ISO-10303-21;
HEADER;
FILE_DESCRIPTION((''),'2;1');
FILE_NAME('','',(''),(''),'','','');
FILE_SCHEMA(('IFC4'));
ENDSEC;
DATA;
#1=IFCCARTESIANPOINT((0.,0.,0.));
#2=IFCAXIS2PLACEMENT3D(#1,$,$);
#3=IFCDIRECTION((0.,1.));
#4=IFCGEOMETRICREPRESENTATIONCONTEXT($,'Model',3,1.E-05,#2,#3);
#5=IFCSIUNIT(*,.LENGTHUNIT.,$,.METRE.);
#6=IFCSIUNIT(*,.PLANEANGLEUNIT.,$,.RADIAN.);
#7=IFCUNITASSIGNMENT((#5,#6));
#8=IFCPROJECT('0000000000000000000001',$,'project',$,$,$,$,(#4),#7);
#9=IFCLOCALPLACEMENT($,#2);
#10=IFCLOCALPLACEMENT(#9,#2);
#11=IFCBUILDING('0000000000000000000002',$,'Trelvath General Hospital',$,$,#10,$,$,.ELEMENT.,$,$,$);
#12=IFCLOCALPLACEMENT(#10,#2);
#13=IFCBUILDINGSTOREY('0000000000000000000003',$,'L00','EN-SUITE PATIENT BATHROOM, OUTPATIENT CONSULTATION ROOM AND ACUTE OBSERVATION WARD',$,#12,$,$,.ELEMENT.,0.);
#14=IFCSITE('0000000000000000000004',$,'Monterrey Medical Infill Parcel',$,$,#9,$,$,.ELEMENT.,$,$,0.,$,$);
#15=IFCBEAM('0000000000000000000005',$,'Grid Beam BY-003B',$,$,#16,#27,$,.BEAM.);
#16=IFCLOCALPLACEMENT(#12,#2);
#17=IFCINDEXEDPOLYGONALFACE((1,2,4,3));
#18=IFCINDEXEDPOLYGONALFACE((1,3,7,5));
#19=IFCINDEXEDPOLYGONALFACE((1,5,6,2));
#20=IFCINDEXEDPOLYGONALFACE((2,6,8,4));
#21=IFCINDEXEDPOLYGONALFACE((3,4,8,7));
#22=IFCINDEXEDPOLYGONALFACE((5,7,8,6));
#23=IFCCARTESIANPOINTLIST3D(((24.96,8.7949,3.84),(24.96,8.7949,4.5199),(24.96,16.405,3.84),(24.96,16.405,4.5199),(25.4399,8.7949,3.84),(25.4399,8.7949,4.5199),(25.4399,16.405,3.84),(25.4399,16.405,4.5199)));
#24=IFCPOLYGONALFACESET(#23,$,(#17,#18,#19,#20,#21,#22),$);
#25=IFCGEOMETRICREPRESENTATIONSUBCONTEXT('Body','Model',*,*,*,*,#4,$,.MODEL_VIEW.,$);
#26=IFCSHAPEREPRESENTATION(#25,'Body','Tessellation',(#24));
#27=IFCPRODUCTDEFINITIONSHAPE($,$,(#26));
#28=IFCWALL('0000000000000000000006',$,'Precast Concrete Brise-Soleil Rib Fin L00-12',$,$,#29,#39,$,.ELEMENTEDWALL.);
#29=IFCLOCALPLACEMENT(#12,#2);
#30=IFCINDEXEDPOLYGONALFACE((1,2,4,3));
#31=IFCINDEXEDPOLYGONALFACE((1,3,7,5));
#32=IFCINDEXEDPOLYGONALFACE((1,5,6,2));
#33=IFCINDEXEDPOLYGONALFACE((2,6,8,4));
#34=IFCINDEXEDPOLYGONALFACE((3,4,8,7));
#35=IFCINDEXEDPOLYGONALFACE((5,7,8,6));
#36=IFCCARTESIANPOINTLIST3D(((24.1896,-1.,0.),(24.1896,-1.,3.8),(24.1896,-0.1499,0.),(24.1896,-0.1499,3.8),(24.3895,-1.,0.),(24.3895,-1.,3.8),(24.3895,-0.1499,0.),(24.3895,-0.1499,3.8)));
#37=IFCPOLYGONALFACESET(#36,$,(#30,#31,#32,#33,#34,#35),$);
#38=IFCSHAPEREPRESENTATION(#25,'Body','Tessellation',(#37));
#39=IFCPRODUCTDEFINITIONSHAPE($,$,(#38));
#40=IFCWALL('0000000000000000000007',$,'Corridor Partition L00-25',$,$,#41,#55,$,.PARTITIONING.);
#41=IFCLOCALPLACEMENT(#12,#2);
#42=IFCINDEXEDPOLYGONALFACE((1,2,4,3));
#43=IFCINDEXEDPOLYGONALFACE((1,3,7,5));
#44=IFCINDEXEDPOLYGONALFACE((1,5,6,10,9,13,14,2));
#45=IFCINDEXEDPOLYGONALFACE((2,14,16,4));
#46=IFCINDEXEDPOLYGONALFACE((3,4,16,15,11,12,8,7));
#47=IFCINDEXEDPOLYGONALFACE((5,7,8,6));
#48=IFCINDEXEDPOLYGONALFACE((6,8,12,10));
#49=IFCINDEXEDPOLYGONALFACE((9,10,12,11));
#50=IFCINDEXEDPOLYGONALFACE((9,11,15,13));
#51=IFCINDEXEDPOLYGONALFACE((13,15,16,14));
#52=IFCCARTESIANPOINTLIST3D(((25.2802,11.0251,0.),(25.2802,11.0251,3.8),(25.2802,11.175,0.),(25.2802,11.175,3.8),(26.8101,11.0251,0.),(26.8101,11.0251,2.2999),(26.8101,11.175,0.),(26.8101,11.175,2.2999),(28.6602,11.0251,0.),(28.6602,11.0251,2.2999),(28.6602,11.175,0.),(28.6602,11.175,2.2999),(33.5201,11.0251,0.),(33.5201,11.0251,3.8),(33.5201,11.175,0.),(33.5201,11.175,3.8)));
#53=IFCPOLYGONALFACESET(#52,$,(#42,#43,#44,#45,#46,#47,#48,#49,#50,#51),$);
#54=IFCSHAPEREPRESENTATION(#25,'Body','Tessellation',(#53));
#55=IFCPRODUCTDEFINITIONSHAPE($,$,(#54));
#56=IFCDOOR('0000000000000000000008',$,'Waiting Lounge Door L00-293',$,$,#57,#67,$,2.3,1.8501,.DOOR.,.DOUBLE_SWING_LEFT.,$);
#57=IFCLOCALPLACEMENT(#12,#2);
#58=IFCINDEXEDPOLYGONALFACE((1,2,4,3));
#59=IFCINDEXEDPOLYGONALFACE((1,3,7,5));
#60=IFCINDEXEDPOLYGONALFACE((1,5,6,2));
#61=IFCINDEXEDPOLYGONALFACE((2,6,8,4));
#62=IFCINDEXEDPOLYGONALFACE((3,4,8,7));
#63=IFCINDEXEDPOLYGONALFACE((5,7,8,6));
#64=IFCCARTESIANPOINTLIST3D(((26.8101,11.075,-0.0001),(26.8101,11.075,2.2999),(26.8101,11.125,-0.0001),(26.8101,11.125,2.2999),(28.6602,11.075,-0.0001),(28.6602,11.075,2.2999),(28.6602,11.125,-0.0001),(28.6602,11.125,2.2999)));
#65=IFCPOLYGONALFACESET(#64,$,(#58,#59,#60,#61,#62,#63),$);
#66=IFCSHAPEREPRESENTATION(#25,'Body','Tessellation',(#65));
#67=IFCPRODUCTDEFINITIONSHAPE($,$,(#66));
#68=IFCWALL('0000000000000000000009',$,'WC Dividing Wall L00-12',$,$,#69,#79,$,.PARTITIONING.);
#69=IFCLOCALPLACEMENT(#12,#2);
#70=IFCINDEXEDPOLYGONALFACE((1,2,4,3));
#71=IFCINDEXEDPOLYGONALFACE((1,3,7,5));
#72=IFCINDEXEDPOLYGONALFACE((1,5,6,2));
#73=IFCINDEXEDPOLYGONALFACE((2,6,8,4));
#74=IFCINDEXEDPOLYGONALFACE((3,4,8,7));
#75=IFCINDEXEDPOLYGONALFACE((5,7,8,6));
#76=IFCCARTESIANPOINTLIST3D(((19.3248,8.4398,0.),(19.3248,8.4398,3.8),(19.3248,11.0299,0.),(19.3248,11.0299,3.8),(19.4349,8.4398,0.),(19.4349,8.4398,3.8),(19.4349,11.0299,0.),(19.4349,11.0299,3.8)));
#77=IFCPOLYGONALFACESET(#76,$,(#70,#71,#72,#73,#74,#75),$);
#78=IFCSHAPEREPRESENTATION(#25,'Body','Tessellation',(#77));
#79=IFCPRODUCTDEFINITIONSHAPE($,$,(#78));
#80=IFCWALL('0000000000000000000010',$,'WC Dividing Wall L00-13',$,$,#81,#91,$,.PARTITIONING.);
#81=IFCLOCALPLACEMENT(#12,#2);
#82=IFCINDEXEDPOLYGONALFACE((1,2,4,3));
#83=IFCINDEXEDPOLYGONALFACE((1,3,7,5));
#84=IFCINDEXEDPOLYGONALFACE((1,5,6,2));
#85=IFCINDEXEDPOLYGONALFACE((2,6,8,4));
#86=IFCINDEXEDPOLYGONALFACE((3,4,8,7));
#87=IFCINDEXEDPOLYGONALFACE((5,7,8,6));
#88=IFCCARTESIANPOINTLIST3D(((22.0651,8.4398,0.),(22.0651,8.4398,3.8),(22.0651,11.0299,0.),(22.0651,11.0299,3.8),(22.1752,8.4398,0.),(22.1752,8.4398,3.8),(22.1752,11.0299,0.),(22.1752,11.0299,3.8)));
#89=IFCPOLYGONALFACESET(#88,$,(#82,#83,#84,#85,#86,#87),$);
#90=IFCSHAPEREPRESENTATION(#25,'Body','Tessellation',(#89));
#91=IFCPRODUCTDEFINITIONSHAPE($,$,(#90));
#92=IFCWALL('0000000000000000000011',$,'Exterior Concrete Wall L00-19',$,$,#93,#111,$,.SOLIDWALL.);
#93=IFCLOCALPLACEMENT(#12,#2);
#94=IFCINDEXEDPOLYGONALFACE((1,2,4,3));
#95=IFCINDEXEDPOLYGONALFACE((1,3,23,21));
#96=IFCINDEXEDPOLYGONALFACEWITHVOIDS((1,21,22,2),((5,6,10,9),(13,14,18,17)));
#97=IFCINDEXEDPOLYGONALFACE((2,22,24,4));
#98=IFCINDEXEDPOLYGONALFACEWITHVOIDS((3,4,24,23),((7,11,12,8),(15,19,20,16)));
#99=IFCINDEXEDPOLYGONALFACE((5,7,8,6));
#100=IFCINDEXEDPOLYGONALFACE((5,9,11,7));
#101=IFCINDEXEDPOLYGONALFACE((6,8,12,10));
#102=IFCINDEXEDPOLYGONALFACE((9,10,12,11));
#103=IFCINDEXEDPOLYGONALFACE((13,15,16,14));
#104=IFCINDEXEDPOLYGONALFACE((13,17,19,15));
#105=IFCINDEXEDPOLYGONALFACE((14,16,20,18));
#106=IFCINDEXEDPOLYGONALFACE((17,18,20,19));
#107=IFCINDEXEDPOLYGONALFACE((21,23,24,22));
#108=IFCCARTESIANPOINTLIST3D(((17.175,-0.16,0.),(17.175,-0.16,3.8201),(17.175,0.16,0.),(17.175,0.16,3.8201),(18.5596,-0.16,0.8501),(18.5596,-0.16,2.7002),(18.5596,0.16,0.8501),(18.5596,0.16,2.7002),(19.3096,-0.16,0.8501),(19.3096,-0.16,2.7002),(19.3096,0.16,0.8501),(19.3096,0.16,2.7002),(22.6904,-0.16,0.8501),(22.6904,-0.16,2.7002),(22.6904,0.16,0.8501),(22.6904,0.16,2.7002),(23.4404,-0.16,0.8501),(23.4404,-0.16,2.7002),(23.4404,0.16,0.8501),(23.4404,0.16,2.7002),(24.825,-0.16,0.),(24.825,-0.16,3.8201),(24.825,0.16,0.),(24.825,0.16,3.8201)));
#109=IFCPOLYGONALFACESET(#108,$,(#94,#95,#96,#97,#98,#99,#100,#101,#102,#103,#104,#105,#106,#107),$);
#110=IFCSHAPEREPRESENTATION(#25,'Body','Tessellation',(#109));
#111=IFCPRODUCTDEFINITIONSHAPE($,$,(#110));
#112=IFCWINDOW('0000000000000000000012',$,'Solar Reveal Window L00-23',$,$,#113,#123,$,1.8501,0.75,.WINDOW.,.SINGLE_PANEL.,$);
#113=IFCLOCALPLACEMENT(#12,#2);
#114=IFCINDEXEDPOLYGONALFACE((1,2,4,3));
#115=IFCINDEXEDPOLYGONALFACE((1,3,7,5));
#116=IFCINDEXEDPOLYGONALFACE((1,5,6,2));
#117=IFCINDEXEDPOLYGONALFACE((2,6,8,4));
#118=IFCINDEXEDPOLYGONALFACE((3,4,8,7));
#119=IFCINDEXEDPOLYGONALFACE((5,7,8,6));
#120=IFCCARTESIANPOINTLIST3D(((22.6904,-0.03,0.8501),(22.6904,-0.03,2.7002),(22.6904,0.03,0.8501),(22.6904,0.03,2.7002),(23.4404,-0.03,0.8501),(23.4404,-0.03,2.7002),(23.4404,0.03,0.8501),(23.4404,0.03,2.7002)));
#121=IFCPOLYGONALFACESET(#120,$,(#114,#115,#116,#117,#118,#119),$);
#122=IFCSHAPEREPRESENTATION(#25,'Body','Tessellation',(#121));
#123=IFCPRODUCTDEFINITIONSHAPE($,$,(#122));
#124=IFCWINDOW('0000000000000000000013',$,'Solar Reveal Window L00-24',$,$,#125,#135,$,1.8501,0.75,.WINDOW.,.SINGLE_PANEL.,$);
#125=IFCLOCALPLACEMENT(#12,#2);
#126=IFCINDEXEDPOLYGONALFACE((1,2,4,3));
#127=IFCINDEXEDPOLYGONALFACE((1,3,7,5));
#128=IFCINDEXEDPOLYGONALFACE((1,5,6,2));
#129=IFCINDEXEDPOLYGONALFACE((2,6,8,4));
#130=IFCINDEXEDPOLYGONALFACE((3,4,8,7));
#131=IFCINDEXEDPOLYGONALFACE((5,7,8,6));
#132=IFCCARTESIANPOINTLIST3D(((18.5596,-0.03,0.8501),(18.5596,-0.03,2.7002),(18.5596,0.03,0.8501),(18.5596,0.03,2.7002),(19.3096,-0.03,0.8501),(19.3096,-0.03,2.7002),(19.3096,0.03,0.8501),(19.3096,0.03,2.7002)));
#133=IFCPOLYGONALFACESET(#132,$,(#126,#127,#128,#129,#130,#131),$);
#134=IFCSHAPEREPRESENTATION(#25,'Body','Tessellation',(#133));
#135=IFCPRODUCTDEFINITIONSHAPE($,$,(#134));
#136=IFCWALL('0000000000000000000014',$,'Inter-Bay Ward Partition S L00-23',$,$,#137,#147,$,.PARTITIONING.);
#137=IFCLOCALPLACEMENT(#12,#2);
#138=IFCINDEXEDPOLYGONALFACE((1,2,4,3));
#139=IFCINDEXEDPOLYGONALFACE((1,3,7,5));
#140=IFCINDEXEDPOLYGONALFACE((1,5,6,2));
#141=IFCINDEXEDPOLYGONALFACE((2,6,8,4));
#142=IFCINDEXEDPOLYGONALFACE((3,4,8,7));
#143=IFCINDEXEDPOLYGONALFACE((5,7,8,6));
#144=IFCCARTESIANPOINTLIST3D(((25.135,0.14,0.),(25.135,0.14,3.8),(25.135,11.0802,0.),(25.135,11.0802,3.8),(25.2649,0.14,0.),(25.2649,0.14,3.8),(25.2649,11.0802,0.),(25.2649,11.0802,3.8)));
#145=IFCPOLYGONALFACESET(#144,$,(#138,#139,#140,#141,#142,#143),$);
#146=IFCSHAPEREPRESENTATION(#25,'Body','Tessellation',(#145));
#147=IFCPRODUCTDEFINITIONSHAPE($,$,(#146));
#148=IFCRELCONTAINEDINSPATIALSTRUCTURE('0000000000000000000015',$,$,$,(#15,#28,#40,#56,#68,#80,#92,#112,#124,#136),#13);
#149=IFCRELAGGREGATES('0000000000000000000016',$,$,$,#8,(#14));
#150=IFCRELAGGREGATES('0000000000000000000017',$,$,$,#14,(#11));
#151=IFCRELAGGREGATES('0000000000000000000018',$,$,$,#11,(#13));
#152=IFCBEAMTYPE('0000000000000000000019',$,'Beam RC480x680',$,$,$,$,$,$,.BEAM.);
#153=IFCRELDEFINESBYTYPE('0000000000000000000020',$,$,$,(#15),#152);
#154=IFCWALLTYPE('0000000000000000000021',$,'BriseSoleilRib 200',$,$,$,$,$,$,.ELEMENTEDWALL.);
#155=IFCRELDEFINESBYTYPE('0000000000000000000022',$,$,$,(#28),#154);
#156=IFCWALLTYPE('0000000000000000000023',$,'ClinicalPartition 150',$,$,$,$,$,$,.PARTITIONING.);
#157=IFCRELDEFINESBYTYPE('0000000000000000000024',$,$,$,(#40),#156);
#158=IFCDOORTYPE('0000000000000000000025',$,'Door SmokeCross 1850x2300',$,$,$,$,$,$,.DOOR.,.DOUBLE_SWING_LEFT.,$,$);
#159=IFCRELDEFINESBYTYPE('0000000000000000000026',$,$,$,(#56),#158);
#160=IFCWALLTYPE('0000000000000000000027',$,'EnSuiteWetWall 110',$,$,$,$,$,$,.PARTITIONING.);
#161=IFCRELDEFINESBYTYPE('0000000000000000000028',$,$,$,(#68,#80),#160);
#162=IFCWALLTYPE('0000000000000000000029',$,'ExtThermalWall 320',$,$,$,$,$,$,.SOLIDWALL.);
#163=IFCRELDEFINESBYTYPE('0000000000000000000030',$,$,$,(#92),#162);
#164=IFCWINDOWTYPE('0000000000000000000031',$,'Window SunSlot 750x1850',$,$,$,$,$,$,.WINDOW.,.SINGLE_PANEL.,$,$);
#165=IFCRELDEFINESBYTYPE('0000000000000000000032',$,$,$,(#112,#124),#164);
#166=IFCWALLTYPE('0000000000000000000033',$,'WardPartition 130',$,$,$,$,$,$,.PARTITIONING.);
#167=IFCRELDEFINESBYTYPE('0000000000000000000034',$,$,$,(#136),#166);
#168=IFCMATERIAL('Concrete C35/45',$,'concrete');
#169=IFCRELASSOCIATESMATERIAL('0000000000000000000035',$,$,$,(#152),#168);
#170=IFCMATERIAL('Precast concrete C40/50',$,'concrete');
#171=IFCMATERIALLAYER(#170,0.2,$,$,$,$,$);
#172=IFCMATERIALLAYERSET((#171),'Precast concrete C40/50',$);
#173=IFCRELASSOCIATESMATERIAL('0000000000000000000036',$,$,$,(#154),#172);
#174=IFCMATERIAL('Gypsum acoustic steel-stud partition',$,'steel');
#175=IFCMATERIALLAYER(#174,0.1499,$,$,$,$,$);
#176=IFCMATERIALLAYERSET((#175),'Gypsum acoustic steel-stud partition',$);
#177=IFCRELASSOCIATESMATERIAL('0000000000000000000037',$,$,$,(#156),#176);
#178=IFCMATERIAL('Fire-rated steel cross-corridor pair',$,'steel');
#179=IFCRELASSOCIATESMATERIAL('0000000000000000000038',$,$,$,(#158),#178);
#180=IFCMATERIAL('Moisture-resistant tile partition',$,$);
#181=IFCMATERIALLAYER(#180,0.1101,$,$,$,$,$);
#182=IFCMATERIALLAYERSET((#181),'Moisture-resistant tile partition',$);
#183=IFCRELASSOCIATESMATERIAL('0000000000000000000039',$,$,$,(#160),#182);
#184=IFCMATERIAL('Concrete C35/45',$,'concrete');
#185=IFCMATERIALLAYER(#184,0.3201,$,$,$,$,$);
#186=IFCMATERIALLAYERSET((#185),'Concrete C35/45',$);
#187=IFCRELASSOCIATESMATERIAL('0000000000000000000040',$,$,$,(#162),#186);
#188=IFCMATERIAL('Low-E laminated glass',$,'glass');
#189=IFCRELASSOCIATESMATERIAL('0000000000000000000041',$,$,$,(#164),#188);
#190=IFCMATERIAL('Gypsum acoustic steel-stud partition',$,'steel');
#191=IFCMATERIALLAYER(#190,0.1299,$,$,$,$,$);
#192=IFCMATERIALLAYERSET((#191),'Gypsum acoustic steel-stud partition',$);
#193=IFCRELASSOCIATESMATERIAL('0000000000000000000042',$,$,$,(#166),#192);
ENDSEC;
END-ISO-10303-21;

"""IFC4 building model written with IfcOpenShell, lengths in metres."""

from ifc_helpers import new_model, si_unit, direction, frame, frame_2d, origin, origin_2d, place, context, subcontext, project, spatial, rectangle, extrude, material, layer, layer_set, material_profile, profile_set, type_object, element, fill, save


model = new_model("IFC4")

# Units and contexts
model_context = context("Model", 3, precision=1e-05, world=origin(), true_north=direction((0.0, 1.0)))
body_context = subcontext(model_context, "Body", "Model", "MODEL_VIEW")
ifc_project = project(units=[si_unit("LENGTHUNIT", "METRE"), si_unit("PLANEANGLEUNIT", "RADIAN")], contexts=[model_context])

# Site, building, storey
site_placement = place(None, origin())
site = spatial("IfcSite", under=ifc_project, at=site_placement, Name="Monterrey Medical Infill Parcel", CompositionType="ELEMENT", RefElevation=0.0)
building_placement = place(site_placement, origin())
building = spatial("IfcBuilding", under=site, at=building_placement, Name="Trelvath General Hospital", CompositionType="ELEMENT")
storey_placement = place(building_placement, origin())
storey = spatial("IfcBuildingStorey", under=building, at=storey_placement, Name="L00", Description="EN-SUITE PATIENT BATHROOM, OUTPATIENT CONSULTATION ROOM AND ACUTE OBSERVATION WARD", CompositionType="ELEMENT", Elevation=0.0)

# Beam
ifc_material_1 = material(Name="Concrete C35/45", Category="concrete")
ifc_material_profile_1 = material_profile(ifc_material_1, rectangle(XDim=0.48, YDim=0.6799, at=origin_2d()), Name="RCB480x680")
ifc_profile_set_1 = profile_set([ifc_material_profile_1], Name="Concrete C35/45")
beam_type = type_object("IfcBeamType", Name="Beam RC480x680", PredefinedType="BEAM", material=ifc_profile_set_1)
beam_1_placement = place(storey_placement, frame((25.2, 8.7949, 4.1799), z_axis=(0.0, 1.0, 0.0), x_axis=(-1.0, 0.0, 0.0)))
element("IfcBeam", 1, at=beam_1_placement, inside=storey, type_object=beam_type, Name="Grid Beam BY-003B", PredefinedType="BEAM", context=body_context, shape_type="SweptSolid", body=[
    extrude(rectangle(XDim=0.48, YDim=0.6799, at=origin_2d()), origin(), (0.0, 0.0, 1.0), 7.6101),
])

# Wall
ifc_material_2 = material(Name="Precast concrete C40/50", Category="concrete")
ifc_layer_1 = layer(ifc_material_2, 0.2)
ifc_layer_set_1 = layer_set([ifc_layer_1], Name="Precast concrete C40/50")
wall_type_1 = type_object("IfcWallType", Name="BriseSoleilRib 200", PredefinedType="ELEMENTEDWALL", material=ifc_layer_set_1)
wall_1_placement = place(storey_placement, frame((24.2896, -0.1499, 0.0), z_axis=(0.0, 0.0, 1.0), x_axis=(0.0, -1.0, 0.0)))
element("IfcWall", 2, at=wall_1_placement, inside=storey, type_object=wall_type_1, Name="Precast Concrete Brise-Soleil Rib Fin L00-12", PredefinedType="ELEMENTEDWALL", context=body_context, shape_type="SweptSolid", body=[
    extrude(rectangle(XDim=0.8501, YDim=0.2, at=frame_2d((0.425, 0.0))), origin(), (0.0, 0.0, 1.0), 3.8),
])

# Wall, opening, door
ifc_material_3 = material(Name="Gypsum acoustic steel-stud partition", Category="steel")
ifc_layer_2 = layer(ifc_material_3, 0.1499)
ifc_layer_set_2 = layer_set([ifc_layer_2], Name="Gypsum acoustic steel-stud partition")
wall_type_2 = type_object("IfcWallType", Name="ClinicalPartition 150", PredefinedType="PARTITIONING", material=ifc_layer_set_2)
wall_2_placement = place(storey_placement, frame((25.28, 11.1001, 0.0), z_axis=(0.0, 0.0, 1.0), x_axis=(1.0, 0.0, 0.0)))
wall_2 = element("IfcWall", 3, at=wall_2_placement, inside=storey, type_object=wall_type_2, Name="Corridor Partition L00-25", PredefinedType="PARTITIONING", context=body_context, shape_type="SweptSolid", body=[
    extrude(rectangle(XDim=8.24, YDim=0.1499, at=frame_2d((4.1201, 0.0))), origin(), (0.0, 0.0, 1.0), 3.8),
])
opening_1_placement = place(wall_2_placement, frame((1.53, 0.0, 0.0)))
opening_1 = element("IfcOpeningElement", 4, at=opening_1_placement, cuts=wall_2, PredefinedType="OPENING", context=body_context, shape_type="SweptSolid", body=[
    extrude(rectangle(XDim=1.8501, YDim=2.3, at=frame_2d((0.925, 1.1499))), frame((0.0, 0.085, 0.0), z_axis=(0.0, -1.0, 0.0), x_axis=(1.0, 0.0, 0.0)), (0.0, 0.0, 1.0), 0.1699),
])
ifc_material_4 = material(Name="Fire-rated steel cross-corridor pair", Category="steel")
door_type = type_object("IfcDoorType", Name="Door SmokeCross 1850x2300", OperationType="DOUBLE_SWING_LEFT", PredefinedType="DOOR", material=ifc_material_4)
door_placement = place(opening_1_placement, origin())
door = element("IfcDoor", 5, at=door_placement, inside=storey, type_object=door_type, Name="Waiting Lounge Door L00-293", OperationType="DOUBLE_SWING_LEFT", OverallHeight=2.3, OverallWidth=1.8501, PredefinedType="DOOR", context=body_context, shape_type="SweptSolid", body=[
    extrude(rectangle(XDim=1.8501, YDim=2.3, at=frame_2d((0.925, 1.1499))), frame((0.0, 0.0249, 0.0), z_axis=(0.0, -1.0, 0.0), x_axis=(1.0, 0.0, 0.0)), (0.0, 0.0, 1.0), 0.05),
])
fill(opening_1, door)

# Walls
ifc_material_5 = material(Name="Moisture-resistant tile partition")
ifc_layer_3 = layer(ifc_material_5, 0.1101)
ifc_layer_set_3 = layer_set([ifc_layer_3], Name="Moisture-resistant tile partition")
wall_type_3 = type_object("IfcWallType", Name="EnSuiteWetWall 110", PredefinedType="PARTITIONING", material=ifc_layer_set_3)
for number, where, z_axis, x_axis, name in (
    (6, (19.3799, 8.4399, 0.0), (0.0, 0.0, 1.0), (0.0, 1.0, 0.0), "WC Dividing Wall L00-12"),
    (7, (22.1201, 8.4399, 0.0), (0.0, 0.0, 1.0), (0.0, 1.0, 0.0), "WC Dividing Wall L00-13"),
):
    element("IfcWall", number, at=place(storey_placement, frame(where, z_axis=z_axis, x_axis=x_axis)), inside=storey, type_object=wall_type_3, Name=name, PredefinedType="PARTITIONING", context=body_context, shape_type="SweptSolid", body=[
        extrude(rectangle(XDim=2.5901, YDim=0.1101, at=frame_2d((1.2949, 0.0))), origin(), (0.0, 0.0, 1.0), 3.8),
    ])

# Wall, openings, windows
ifc_material_6 = material(Name="Concrete C35/45", Category="concrete")
ifc_layer_4 = layer(ifc_material_6, 0.3201)
ifc_layer_set_4 = layer_set([ifc_layer_4], Name="Concrete C35/45")
wall_type_4 = type_object("IfcWallType", Name="ExtThermalWall 320", PredefinedType="SOLIDWALL", material=ifc_layer_set_4)
wall_3_placement = place(storey_placement, frame((24.825, 0.0, 0.0), z_axis=(0.0, 0.0, 1.0), x_axis=(-1.0, 0.0, 0.0)))
wall_3 = element("IfcWall", 8, at=wall_3_placement, inside=storey, type_object=wall_type_4, Name="Exterior Concrete Wall L00-19", PredefinedType="SOLIDWALL", context=body_context, shape_type="SweptSolid", body=[
    extrude(rectangle(XDim=7.6499, YDim=0.3201, at=frame_2d((3.825, 0.0))), origin(), (0.0, 0.0, 1.0), 3.8201),
])
opening_2_placement = place(wall_3_placement, frame((1.3845, 0.0, 0.8501)))
opening_2 = element("IfcOpeningElement", 9, at=opening_2_placement, cuts=wall_3, PredefinedType="OPENING", context=body_context, shape_type="SweptSolid", body=[
    extrude(rectangle(XDim=0.75, YDim=1.8501, at=frame_2d((0.375, 0.925))), frame((0.0, 0.1699, 0.0), z_axis=(0.0, -1.0, 0.0), x_axis=(1.0, 0.0, 0.0)), (0.0, 0.0, 1.0), 0.3401),
])
opening_3_placement = place(wall_3_placement, frame((5.5154, 0.0, 0.8501)))
opening_3 = element("IfcOpeningElement", 10, at=opening_3_placement, cuts=wall_3, PredefinedType="OPENING", context=body_context, shape_type="SweptSolid", body=[
    extrude(rectangle(XDim=0.75, YDim=1.8501, at=frame_2d((0.375, 0.925))), frame((0.0, 0.1699, 0.0), z_axis=(0.0, -1.0, 0.0), x_axis=(1.0, 0.0, 0.0)), (0.0, 0.0, 1.0), 0.3401),
])
ifc_material_7 = material(Name="Low-E laminated glass", Category="glass")
window_type = type_object("IfcWindowType", Name="Window SunSlot 750x1850", PartitioningType="SINGLE_PANEL", PredefinedType="WINDOW", material=ifc_material_7)
window_1_placement = place(opening_2_placement, origin())
window_1 = element("IfcWindow", 11, at=window_1_placement, inside=storey, type_object=window_type, Name="Solar Reveal Window L00-23", OverallHeight=1.8501, OverallWidth=0.75, PartitioningType="SINGLE_PANEL", PredefinedType="WINDOW", context=body_context, shape_type="SweptSolid", body=[
    extrude(rectangle(XDim=0.75, YDim=1.8501, at=frame_2d((0.375, 0.925))), frame((0.0, 0.03, 0.0), z_axis=(0.0, -1.0, 0.0), x_axis=(1.0, 0.0, 0.0)), (0.0, 0.0, 1.0), 0.0601),
])
fill(opening_2, window_1)
window_2_placement = place(opening_3_placement, origin())
window_2 = element("IfcWindow", 12, at=window_2_placement, inside=storey, type_object=window_type, Name="Solar Reveal Window L00-24", OverallHeight=1.8501, OverallWidth=0.75, PartitioningType="SINGLE_PANEL", PredefinedType="WINDOW", context=body_context, shape_type="SweptSolid", body=[
    extrude(rectangle(XDim=0.75, YDim=1.8501, at=frame_2d((0.375, 0.925))), frame((0.0, 0.03, 0.0), z_axis=(0.0, -1.0, 0.0), x_axis=(1.0, 0.0, 0.0)), (0.0, 0.0, 1.0), 0.0601),
])
fill(opening_3, window_2)

# Wall
ifc_material_8 = material(Name="Gypsum acoustic steel-stud partition", Category="steel")
ifc_layer_5 = layer(ifc_material_8, 0.1299)
ifc_layer_set_5 = layer_set([ifc_layer_5], Name="Gypsum acoustic steel-stud partition")
wall_type_5 = type_object("IfcWallType", Name="WardPartition 130", PredefinedType="PARTITIONING", material=ifc_layer_set_5)
wall_4_placement = place(storey_placement, frame((25.2, 0.1399, 0.0), z_axis=(0.0, 0.0, 1.0), x_axis=(0.0, 1.0, 0.0)))
element("IfcWall", 13, at=wall_4_placement, inside=storey, type_object=wall_type_5, Name="Inter-Bay Ward Partition S L00-23", PredefinedType="PARTITIONING", context=body_context, shape_type="SweptSolid", body=[
    extrude(rectangle(XDim=10.9402, YDim=0.1299, at=frame_2d((5.4702, 0.0))), origin(), (0.0, 0.0, 1.0), 3.8),
])

save(model, "model.ifc")
